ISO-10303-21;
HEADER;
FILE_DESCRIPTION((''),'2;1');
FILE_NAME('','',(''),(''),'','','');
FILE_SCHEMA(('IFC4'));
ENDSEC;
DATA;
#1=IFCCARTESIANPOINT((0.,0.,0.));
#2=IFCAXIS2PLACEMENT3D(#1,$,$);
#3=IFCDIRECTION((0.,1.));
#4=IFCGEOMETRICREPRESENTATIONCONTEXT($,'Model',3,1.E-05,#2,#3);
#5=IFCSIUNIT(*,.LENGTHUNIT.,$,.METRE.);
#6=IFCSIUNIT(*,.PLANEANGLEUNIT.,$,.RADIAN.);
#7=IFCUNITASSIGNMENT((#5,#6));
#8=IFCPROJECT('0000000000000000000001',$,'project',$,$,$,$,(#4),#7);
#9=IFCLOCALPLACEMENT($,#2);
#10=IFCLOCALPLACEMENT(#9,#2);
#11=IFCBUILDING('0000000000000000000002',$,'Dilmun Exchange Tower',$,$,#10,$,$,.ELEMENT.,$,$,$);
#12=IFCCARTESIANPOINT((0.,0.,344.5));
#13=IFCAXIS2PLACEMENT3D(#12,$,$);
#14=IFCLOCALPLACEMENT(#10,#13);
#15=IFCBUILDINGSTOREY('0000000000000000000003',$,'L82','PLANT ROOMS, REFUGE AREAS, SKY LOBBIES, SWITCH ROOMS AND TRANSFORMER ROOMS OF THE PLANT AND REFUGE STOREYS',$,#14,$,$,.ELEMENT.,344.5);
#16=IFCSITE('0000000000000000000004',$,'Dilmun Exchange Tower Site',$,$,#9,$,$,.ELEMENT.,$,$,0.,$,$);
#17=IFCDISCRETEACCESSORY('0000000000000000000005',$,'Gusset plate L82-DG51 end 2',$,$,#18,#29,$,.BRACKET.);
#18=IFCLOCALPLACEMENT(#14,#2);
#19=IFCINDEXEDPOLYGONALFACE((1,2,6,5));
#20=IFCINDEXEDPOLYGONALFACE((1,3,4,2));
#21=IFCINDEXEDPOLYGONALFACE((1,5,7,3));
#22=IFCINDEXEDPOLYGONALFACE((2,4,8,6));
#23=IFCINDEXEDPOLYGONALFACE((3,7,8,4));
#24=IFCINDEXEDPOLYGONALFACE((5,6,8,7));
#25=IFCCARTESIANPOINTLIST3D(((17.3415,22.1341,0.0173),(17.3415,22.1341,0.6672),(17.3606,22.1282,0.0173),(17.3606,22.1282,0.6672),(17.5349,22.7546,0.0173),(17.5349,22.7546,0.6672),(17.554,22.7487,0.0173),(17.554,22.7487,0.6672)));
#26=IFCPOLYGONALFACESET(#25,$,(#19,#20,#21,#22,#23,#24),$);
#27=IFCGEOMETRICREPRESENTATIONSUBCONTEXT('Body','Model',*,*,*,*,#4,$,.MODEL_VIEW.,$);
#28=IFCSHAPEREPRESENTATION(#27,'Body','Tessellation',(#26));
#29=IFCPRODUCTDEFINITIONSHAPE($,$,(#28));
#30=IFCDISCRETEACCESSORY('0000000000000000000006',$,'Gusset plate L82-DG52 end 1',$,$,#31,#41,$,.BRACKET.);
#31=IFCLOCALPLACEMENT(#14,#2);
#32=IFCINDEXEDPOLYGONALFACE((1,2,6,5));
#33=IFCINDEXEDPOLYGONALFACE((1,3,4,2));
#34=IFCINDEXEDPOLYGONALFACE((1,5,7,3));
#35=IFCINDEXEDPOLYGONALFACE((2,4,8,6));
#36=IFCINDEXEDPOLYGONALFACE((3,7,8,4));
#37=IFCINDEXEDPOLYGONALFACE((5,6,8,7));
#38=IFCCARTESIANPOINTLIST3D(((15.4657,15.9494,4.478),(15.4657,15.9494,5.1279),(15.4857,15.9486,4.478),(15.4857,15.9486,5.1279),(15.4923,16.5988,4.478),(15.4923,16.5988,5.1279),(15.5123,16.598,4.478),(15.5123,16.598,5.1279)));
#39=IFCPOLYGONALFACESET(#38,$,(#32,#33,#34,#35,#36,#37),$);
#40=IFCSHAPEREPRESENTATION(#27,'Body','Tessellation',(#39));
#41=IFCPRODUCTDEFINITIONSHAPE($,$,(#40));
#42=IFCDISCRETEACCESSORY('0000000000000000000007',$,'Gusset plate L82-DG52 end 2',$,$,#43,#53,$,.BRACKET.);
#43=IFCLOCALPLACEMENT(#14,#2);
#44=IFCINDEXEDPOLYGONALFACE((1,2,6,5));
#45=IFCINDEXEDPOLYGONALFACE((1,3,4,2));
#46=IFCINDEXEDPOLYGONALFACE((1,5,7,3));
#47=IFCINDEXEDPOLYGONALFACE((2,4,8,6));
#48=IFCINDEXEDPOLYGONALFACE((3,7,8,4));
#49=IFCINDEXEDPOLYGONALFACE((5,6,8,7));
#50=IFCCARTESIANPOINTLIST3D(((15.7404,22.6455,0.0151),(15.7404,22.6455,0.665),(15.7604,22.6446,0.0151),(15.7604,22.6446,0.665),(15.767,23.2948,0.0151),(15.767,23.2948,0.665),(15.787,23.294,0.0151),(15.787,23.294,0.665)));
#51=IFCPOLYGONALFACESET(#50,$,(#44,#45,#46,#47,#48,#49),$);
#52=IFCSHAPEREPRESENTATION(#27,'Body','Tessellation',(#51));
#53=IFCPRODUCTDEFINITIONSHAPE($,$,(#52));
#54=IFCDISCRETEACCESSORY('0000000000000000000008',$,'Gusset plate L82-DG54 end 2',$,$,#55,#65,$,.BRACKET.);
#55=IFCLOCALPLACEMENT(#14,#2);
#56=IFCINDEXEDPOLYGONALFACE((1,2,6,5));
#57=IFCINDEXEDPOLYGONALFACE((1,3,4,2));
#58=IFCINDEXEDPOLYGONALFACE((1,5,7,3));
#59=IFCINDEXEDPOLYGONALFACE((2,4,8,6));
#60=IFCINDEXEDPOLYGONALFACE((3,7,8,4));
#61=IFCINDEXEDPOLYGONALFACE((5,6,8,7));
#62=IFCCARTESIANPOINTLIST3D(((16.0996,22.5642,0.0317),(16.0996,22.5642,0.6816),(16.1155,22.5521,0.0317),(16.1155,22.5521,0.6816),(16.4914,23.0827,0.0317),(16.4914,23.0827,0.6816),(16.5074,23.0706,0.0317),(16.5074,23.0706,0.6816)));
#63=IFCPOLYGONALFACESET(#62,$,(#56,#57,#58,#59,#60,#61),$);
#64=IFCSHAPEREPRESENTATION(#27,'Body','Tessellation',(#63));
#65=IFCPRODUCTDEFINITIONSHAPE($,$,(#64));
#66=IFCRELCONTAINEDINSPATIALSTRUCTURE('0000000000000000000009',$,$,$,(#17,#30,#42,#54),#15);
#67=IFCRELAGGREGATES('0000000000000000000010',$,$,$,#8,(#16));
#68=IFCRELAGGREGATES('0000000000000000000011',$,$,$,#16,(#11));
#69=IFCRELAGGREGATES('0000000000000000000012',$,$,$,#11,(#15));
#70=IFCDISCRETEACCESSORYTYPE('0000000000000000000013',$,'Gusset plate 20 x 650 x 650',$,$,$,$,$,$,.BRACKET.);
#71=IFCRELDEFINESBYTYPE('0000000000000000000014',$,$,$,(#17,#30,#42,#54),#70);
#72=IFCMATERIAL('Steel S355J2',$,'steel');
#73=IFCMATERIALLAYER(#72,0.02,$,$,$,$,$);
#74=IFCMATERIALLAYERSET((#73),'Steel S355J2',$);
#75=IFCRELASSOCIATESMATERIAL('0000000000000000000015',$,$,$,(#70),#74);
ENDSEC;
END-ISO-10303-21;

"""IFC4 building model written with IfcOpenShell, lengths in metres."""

from ifc_helpers import new_model, si_unit, direction, frame, origin, origin_2d, place, context, subcontext, project, spatial, rectangle, extrude, material, layer, layer_set, type_object, element, save


model = new_model("IFC4")

# Units and contexts
model_context = context("Model", 3, precision=1e-05, world=origin(), true_north=direction((0.0, 1.0)))
body_context = subcontext(model_context, "Body", "Model", "MODEL_VIEW")
ifc_project = project(units=[si_unit("LENGTHUNIT", "METRE"), si_unit("PLANEANGLEUNIT", "RADIAN")], contexts=[model_context])

# Site, building, storey
site_placement = place(None, origin())
site = spatial("IfcSite", under=ifc_project, at=site_placement, Name="Dilmun Exchange Tower Site", CompositionType="ELEMENT", RefElevation=0.0)
building_placement = place(site_placement, origin())
building = spatial("IfcBuilding", under=site, at=building_placement, Name="Dilmun Exchange Tower", CompositionType="ELEMENT")
storey_placement = place(building_placement, frame((0.0, 0.0, 344.5)))
storey = spatial("IfcBuildingStorey", under=building, at=storey_placement, Name="L82", Description="PLANT ROOMS, REFUGE AREAS, SKY LOBBIES, SWITCH ROOMS AND TRANSFORMER ROOMS OF THE PLANT AND REFUGE STOREYS", CompositionType="ELEMENT", Elevation=344.5)

# Discrete accessories
ifc_material_1 = material(Name="Steel S355J2", Category="steel")
ifc_layer_1 = layer(ifc_material_1, 0.02)
ifc_layer_set_1 = layer_set([ifc_layer_1], Name="Steel S355J2")
discrete_accessory_type = type_object("IfcDiscreteAccessoryType", Name="Gusset plate 20 x 650 x 650", PredefinedType="BRACKET", material=ifc_layer_set_1)
for number, where, z_axis, x_axis, name in (
    (1, (17.4478, 22.4414, 0.0173), (0.0, 0.0, 1.0), (0.297532, 0.954712, 0.0), "Gusset plate L82-DG51 end 2"),
    (2, (15.489, 16.2737, 4.478), (0.0, 0.0, 1.0), (0.040964, 0.999161, 0.0), "Gusset plate L82-DG52 end 1"),
    (3, (15.7637, 22.9697, 0.0151), (0.0, 0.0, 1.0), (0.040964, 0.999161, 0.0), "Gusset plate L82-DG52 end 2"),
    (4, (16.3035, 22.8174, 0.0317), (0.0, 0.0, 1.0), (0.602931, 0.797793, 0.0), "Gusset plate L82-DG54 end 2"),
):
    element("IfcDiscreteAccessory", number, at=place(storey_placement, frame(where, z_axis=z_axis, x_axis=x_axis)), inside=storey, type_object=discrete_accessory_type, Name=name, PredefinedType="BRACKET", context=body_context, shape_type="SweptSolid", body=[
        extrude(rectangle(XDim=0.6499, YDim=0.02, at=origin_2d()), origin(), (0.0, 0.0, 1.0), 0.6499),
    ])

save(model, "model.ifc")
